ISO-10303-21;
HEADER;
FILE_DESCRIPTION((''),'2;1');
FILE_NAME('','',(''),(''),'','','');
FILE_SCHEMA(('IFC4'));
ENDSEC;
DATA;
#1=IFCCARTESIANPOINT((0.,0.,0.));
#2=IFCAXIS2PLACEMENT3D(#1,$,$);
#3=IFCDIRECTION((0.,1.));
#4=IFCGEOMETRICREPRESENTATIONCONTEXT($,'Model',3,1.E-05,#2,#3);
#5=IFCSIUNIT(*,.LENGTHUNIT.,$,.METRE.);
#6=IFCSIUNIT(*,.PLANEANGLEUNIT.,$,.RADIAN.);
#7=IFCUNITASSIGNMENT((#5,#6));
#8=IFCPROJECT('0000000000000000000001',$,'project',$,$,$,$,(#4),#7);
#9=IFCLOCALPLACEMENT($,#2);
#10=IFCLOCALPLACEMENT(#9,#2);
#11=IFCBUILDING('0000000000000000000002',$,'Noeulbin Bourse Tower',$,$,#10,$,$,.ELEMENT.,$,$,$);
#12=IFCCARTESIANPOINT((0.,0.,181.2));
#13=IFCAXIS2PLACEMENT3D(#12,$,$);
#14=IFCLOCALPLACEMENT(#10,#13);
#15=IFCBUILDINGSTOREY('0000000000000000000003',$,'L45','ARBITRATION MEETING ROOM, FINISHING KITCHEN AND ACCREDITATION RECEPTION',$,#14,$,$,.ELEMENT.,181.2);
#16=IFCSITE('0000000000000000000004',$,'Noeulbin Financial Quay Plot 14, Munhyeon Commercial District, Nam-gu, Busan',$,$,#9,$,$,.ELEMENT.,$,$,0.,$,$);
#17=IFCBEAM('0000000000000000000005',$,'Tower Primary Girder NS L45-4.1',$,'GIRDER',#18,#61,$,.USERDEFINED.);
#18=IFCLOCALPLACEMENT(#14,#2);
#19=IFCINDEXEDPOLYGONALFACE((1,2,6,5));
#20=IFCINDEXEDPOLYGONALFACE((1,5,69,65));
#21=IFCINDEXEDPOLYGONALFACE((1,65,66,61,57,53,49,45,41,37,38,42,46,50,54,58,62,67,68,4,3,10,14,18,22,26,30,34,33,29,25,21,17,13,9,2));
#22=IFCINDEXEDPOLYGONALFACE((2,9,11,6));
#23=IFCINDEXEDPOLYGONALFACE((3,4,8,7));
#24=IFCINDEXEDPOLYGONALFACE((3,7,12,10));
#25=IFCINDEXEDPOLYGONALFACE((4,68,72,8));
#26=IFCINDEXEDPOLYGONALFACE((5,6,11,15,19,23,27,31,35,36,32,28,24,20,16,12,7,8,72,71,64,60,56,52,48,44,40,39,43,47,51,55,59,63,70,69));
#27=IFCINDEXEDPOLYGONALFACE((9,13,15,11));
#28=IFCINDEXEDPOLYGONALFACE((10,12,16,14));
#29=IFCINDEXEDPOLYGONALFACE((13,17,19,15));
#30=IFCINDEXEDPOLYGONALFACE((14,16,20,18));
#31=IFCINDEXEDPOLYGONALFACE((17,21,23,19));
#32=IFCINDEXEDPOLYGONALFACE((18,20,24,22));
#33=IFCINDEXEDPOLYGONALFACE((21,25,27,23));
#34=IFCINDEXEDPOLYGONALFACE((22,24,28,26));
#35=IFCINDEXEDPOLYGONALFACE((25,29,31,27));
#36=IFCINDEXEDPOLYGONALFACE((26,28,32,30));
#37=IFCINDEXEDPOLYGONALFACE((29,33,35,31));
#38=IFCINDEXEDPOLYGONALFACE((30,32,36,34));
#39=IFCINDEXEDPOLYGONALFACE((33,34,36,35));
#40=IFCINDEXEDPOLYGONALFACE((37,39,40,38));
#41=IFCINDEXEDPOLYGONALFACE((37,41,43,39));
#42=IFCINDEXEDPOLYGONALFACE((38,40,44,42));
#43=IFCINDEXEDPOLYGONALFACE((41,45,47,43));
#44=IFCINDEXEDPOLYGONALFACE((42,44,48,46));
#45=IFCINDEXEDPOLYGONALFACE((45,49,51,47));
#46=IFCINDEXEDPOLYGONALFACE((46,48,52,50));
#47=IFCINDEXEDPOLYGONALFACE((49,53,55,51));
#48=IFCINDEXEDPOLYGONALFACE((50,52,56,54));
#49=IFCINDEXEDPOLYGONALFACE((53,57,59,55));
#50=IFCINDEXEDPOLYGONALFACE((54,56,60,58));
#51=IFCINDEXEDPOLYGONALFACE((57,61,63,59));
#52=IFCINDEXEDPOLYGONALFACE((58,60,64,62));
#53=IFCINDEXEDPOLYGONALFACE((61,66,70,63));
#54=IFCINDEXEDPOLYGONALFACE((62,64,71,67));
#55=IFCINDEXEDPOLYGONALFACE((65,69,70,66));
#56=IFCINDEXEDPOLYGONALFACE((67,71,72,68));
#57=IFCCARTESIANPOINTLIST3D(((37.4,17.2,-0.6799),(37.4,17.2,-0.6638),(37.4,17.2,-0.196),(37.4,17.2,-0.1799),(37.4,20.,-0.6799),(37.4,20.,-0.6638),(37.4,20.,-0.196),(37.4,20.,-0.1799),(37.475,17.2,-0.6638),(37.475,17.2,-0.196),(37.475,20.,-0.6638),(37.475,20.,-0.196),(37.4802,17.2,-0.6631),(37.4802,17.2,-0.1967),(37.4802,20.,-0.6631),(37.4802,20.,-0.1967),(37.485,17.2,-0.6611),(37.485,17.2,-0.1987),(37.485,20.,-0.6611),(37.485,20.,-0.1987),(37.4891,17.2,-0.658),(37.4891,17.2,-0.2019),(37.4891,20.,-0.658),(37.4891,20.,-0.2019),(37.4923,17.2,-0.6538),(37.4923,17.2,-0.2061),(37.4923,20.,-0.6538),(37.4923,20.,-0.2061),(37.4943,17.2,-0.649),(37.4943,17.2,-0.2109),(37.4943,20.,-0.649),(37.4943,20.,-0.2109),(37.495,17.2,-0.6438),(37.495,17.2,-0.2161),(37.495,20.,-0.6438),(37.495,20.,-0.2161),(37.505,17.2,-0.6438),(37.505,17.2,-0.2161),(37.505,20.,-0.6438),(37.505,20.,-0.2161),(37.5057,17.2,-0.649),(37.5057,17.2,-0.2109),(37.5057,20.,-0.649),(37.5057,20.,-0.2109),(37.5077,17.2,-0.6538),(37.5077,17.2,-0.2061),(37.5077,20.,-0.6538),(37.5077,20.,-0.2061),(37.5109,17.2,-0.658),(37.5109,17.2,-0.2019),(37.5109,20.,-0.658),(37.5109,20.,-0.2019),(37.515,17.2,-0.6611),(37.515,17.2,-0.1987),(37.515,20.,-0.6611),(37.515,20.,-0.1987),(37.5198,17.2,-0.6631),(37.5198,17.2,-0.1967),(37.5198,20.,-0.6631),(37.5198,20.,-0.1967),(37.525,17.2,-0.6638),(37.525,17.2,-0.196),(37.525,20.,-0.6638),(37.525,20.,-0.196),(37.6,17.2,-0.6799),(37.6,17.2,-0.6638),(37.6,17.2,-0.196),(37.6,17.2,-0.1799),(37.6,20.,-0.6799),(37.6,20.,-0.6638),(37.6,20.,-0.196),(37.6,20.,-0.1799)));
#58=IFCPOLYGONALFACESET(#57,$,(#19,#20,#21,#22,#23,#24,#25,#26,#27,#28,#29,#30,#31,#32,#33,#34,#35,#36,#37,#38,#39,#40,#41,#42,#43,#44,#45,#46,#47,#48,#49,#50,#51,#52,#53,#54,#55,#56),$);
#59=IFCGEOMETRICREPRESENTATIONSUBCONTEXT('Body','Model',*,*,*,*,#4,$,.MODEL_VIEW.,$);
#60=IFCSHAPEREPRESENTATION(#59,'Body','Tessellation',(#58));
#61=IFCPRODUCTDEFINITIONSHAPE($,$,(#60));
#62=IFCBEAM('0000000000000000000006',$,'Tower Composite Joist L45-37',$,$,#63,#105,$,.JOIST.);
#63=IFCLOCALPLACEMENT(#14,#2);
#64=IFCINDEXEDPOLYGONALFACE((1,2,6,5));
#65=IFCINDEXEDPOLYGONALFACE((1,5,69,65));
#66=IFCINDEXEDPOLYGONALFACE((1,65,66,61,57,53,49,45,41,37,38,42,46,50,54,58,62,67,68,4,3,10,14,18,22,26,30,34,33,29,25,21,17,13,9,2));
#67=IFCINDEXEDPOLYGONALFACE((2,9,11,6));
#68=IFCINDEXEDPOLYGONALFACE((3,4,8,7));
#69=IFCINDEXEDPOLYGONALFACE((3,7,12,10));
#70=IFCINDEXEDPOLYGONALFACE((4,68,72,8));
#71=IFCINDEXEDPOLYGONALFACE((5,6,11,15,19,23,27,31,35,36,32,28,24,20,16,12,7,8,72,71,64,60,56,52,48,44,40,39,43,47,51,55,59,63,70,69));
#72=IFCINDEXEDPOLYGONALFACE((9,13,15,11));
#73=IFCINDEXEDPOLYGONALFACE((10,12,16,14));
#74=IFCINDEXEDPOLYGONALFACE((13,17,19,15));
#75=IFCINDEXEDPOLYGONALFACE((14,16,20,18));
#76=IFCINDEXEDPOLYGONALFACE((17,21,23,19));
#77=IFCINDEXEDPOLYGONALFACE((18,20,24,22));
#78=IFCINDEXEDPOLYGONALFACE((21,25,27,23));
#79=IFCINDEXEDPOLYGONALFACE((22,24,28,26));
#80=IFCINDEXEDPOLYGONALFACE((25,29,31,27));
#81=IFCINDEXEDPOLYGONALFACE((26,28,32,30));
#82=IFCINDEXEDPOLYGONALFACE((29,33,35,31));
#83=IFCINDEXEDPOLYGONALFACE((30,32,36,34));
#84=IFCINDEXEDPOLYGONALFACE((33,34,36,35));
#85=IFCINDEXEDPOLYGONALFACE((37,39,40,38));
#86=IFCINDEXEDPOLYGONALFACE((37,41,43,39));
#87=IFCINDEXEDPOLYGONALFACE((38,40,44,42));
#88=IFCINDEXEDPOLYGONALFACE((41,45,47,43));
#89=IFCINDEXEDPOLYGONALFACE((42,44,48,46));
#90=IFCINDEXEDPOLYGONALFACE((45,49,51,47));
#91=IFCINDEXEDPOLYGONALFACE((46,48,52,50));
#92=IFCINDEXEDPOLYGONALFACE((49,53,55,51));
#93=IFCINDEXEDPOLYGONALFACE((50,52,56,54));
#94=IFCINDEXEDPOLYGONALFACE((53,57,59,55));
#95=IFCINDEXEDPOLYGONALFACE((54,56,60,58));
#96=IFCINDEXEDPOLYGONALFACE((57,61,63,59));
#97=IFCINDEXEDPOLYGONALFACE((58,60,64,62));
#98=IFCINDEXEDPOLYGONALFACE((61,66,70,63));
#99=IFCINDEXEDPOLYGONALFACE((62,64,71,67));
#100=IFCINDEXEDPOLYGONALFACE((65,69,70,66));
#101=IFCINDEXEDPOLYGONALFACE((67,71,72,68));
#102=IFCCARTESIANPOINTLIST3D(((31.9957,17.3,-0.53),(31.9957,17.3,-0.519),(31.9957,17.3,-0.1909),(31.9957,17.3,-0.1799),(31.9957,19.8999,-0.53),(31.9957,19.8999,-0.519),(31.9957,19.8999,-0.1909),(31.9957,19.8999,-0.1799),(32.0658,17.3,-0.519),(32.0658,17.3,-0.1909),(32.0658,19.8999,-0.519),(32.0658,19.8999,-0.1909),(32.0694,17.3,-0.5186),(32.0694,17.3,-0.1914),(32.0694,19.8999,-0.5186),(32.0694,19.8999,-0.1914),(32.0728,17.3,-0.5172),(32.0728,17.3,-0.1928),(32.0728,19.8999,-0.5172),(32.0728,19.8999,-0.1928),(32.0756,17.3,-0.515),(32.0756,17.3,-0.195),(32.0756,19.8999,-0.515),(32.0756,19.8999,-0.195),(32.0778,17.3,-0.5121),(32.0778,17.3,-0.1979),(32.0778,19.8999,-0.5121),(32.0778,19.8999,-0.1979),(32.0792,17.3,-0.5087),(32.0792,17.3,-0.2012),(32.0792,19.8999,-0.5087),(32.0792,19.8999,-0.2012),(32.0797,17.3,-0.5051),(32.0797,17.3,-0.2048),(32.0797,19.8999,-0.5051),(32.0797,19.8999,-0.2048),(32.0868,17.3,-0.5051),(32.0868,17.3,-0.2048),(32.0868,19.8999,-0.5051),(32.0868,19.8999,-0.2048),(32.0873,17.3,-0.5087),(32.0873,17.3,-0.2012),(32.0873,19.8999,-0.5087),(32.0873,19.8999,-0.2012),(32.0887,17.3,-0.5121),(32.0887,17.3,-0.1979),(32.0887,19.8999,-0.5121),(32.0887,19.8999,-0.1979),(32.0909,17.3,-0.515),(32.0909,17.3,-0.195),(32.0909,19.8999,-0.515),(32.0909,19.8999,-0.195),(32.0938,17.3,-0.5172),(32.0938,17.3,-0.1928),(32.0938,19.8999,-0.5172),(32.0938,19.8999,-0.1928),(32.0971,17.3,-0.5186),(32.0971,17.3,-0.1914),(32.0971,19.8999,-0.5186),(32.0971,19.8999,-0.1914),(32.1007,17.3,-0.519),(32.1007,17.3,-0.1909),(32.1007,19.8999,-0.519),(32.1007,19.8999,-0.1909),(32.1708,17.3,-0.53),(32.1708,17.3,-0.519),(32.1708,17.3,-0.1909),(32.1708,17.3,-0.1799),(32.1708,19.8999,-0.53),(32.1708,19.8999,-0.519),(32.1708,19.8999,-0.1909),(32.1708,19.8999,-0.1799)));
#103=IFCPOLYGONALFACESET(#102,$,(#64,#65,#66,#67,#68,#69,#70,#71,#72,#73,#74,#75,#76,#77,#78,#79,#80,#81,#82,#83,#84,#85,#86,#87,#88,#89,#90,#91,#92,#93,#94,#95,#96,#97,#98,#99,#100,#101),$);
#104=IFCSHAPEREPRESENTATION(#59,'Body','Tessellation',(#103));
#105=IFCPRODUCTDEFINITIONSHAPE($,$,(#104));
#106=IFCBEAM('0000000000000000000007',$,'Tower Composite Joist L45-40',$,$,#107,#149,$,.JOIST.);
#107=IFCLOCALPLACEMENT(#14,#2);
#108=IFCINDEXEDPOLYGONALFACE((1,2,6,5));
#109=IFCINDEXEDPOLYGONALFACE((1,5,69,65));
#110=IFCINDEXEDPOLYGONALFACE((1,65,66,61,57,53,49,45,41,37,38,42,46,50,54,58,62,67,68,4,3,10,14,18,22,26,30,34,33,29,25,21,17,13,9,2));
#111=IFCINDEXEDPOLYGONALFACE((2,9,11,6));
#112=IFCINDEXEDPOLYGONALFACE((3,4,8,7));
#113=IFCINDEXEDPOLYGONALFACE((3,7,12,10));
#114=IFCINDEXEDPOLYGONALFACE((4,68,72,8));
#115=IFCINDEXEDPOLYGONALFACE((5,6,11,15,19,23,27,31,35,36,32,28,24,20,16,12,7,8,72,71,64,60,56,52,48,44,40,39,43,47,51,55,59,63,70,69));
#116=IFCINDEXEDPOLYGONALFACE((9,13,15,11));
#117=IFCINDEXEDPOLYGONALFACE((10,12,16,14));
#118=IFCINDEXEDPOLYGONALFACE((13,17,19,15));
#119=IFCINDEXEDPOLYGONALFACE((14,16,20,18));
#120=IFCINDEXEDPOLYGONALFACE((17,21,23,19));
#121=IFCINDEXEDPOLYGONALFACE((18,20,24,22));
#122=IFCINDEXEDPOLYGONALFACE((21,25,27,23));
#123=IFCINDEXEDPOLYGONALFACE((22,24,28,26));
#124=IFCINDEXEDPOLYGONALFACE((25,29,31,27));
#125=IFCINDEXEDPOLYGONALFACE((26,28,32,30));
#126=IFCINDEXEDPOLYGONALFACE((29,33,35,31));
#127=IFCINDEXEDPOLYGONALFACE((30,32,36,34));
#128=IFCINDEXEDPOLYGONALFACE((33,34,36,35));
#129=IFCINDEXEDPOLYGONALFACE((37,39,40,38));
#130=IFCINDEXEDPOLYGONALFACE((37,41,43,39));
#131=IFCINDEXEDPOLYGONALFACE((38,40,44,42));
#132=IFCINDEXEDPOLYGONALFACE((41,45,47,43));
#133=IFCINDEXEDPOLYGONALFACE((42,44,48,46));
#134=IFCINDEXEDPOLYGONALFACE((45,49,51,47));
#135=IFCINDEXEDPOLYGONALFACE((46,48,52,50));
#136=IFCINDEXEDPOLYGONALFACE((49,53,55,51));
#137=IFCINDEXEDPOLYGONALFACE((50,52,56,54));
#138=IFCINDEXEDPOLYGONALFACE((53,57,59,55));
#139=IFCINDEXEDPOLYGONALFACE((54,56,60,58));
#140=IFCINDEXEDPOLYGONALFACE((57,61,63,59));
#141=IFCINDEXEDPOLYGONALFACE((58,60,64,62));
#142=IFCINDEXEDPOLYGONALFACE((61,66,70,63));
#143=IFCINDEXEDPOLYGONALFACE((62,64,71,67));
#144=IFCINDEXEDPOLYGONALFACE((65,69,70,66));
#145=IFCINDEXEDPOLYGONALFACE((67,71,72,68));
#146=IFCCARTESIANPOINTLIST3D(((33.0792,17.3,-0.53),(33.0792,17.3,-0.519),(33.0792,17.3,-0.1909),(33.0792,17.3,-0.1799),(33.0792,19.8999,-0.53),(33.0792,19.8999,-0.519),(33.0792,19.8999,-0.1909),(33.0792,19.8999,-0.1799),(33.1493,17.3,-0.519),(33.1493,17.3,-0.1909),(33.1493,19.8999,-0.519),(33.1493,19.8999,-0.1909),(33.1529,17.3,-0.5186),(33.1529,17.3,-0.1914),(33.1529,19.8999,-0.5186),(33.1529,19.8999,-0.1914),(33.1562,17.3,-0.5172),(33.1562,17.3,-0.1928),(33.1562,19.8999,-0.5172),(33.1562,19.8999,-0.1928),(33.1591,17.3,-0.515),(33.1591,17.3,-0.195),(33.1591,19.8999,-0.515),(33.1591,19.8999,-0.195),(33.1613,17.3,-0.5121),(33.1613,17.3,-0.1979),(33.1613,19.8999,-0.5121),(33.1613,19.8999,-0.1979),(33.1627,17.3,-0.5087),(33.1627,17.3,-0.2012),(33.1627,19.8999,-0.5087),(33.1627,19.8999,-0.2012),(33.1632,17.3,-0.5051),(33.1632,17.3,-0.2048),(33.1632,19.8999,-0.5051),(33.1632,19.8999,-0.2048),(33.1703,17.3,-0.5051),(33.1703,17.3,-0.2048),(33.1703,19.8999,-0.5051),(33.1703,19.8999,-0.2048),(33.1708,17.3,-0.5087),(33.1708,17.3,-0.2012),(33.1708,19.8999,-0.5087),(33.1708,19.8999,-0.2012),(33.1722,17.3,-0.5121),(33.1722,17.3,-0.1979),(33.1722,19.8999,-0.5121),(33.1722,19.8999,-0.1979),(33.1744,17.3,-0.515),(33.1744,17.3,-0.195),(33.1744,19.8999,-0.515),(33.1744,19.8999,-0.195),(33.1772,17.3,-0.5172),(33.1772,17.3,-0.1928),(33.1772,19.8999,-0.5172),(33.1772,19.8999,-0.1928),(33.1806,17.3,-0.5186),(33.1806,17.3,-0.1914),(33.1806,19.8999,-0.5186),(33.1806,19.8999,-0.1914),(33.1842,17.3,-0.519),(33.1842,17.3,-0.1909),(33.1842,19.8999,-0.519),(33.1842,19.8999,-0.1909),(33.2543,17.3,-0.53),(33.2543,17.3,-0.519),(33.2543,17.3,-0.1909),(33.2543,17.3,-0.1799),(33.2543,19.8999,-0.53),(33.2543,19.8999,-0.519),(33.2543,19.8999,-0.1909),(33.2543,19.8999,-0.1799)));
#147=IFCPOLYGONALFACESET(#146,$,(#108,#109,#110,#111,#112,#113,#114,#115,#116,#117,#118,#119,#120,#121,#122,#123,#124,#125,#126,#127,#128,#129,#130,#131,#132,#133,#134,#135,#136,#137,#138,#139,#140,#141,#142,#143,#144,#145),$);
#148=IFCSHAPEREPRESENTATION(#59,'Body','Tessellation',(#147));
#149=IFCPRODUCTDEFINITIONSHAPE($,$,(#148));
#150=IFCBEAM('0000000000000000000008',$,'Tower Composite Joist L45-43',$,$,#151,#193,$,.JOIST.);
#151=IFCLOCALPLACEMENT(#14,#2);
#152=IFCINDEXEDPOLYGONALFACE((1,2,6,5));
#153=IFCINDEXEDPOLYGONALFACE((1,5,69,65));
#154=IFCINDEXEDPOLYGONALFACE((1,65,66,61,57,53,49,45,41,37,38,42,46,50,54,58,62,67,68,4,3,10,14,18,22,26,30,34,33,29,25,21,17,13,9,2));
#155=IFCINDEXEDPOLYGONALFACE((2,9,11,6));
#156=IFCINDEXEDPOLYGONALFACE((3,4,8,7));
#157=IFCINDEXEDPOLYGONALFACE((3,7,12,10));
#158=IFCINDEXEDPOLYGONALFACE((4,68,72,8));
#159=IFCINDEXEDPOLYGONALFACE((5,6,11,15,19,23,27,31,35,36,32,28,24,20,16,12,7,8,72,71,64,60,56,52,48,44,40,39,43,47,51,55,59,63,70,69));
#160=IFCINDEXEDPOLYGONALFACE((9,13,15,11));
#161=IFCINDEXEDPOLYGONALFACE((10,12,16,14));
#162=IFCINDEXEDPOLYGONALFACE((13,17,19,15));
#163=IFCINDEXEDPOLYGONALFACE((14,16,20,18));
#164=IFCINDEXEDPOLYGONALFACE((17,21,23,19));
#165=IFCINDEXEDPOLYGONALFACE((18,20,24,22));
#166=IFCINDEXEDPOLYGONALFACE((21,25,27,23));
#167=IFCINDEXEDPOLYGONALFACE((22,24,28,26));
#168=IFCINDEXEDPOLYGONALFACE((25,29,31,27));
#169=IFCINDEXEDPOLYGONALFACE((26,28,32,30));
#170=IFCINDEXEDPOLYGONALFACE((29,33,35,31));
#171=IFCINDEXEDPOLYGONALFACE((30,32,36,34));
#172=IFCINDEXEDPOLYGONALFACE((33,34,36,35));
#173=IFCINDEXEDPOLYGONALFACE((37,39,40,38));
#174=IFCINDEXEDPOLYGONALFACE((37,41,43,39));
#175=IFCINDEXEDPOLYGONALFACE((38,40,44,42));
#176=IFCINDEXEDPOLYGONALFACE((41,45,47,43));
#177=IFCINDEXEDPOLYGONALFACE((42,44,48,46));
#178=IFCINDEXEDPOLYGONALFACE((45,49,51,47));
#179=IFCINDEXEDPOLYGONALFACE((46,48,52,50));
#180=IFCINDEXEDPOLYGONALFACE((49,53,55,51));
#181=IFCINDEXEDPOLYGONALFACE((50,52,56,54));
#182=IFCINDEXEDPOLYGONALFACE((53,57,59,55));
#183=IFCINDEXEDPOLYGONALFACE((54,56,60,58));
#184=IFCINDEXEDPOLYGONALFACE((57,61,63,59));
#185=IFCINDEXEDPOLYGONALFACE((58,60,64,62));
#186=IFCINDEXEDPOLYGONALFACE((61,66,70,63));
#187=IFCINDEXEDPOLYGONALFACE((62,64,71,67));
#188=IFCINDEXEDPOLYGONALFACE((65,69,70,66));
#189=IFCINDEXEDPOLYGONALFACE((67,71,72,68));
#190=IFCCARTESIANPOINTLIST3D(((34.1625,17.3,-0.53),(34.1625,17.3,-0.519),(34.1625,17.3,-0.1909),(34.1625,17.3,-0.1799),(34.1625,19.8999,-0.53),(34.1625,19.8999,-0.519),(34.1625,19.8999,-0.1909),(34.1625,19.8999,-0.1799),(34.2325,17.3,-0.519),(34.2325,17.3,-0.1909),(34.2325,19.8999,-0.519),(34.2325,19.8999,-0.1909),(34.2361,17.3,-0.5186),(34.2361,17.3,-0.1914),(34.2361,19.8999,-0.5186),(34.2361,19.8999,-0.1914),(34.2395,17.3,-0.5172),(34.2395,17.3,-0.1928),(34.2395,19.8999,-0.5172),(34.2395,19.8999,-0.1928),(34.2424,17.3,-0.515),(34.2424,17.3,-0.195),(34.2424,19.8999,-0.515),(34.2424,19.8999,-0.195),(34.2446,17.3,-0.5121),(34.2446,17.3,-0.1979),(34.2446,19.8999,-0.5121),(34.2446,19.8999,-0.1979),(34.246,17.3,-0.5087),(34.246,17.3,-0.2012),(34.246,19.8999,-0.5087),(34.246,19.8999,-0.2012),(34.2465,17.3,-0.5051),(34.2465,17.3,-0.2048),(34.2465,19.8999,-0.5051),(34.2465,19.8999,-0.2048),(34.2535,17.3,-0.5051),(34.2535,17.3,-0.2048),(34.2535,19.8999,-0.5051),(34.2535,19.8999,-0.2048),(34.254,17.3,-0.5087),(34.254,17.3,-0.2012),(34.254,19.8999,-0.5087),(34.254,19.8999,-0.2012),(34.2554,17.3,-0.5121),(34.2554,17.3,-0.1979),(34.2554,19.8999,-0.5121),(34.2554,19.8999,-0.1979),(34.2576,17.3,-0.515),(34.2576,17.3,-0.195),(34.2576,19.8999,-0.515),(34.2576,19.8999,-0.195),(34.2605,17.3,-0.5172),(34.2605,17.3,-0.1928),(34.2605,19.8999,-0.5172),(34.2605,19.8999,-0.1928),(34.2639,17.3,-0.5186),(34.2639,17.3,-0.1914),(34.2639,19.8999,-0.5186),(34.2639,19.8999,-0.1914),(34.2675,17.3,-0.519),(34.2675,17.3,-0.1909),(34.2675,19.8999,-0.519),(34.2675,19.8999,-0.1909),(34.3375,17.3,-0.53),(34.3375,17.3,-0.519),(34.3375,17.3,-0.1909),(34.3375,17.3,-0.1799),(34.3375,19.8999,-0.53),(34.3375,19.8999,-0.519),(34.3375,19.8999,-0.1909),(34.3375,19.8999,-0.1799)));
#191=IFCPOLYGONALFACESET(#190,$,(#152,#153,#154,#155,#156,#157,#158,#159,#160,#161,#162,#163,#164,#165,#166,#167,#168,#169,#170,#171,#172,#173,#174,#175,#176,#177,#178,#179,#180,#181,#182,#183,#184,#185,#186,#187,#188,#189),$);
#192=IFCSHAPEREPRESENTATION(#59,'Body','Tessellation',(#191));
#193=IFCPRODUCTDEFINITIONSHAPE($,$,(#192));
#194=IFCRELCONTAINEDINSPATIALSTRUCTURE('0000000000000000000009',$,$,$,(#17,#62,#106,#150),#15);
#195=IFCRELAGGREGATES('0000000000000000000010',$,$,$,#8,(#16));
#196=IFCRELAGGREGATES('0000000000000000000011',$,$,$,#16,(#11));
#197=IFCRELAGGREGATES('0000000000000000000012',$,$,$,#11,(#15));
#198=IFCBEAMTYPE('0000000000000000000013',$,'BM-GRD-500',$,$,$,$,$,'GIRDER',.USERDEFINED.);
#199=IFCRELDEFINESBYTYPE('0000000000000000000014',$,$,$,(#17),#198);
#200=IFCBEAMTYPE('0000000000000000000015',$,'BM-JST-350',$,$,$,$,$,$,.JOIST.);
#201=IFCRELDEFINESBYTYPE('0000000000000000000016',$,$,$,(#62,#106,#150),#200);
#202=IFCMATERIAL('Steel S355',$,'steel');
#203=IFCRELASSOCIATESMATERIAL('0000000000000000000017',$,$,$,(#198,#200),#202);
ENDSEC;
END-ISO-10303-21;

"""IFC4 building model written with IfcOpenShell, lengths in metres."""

from ifc_helpers import new_model, si_unit, direction, frame, origin, origin_2d, place, context, subcontext, project, spatial, i_section, extrude, material, material_profile, profile_set, type_object, element, save


model = new_model("IFC4")

# Units and contexts
model_context = context("Model", 3, precision=1e-05, world=origin(), true_north=direction((0.0, 1.0)))
body_context = subcontext(model_context, "Body", "Model", "MODEL_VIEW")
ifc_project = project(units=[si_unit("LENGTHUNIT", "METRE"), si_unit("PLANEANGLEUNIT", "RADIAN")], contexts=[model_context])

# Site, building, storey
site_placement = place(None, origin())
site = spatial("IfcSite", under=ifc_project, at=site_placement, Name="Noeulbin Financial Quay Plot 14, Munhyeon Commercial District, Nam-gu, Busan", CompositionType="ELEMENT", RefElevation=0.0)
building_placement = place(site_placement, origin())
building = spatial("IfcBuilding", under=site, at=building_placement, Name="Noeulbin Bourse Tower", CompositionType="ELEMENT")
storey_placement = place(building_placement, frame((0.0, 0.0, 181.2)))
storey = spatial("IfcBuildingStorey", under=building, at=storey_placement, Name="L45", Description="ARBITRATION MEETING ROOM, FINISHING KITCHEN AND ACCREDITATION RECEPTION", CompositionType="ELEMENT", Elevation=181.2)

# Shared definitions
ifc_material_1 = material(Name="Steel S355", Category="steel")

# Beams
ifc_material_profile_1 = material_profile(ifc_material_1, i_section(OverallWidth=0.2, OverallDepth=0.5, WebThickness=0.01, FlangeThickness=0.0161, FilletRadius=0.02, at=origin_2d()), Name="H-500x200x10x16", Category="LoadBearing")
ifc_profile_set_1 = profile_set([ifc_material_profile_1], Name="Steel S355")
beam_type_1 = type_object("IfcBeamType", Name="BM-GRD-500", ElementType="GIRDER", PredefinedType="USERDEFINED", material=ifc_profile_set_1)
for number, where, z_axis, x_axis, name in (
    (1, (37.5, 17.2, -0.4299), (0.0, 1.0, 0.0), (-1.0, 0.0, 0.0), "Tower Primary Girder NS L45-4.1"),
):
    element("IfcBeam", number, at=place(storey_placement, frame(where, z_axis=z_axis, x_axis=x_axis)), inside=storey, type_object=beam_type_1, Name=name, ObjectType="GIRDER", PredefinedType="USERDEFINED", context=body_context, shape_type="SweptSolid", body=[
        extrude(i_section(OverallWidth=0.2, OverallDepth=0.5, WebThickness=0.01, FlangeThickness=0.0161, FilletRadius=0.02, at=origin_2d()), origin(), (0.0, 0.0, 1.0), 2.8),
    ])
ifc_material_profile_2 = material_profile(ifc_material_1, i_section(OverallWidth=0.175, OverallDepth=0.3501, WebThickness=0.0071, FlangeThickness=0.011, FilletRadius=0.0139, at=origin_2d()), Name="H-350x175x7x11", Category="LoadBearing")
ifc_profile_set_2 = profile_set([ifc_material_profile_2], Name="Steel S355")
beam_type_2 = type_object("IfcBeamType", Name="BM-JST-350", PredefinedType="JOIST", material=ifc_profile_set_2)
for number, where, z_axis, x_axis, name in (
    (2, (32.0833, 17.3, -0.355), (0.0, 1.0, 0.0), (-1.0, 0.0, 0.0), "Tower Composite Joist L45-37"),
    (3, (33.1667, 17.3, -0.355), (0.0, 1.0, 0.0), (-1.0, 0.0, 0.0), "Tower Composite Joist L45-40"),
    (4, (34.25, 17.3, -0.355), (0.0, 1.0, 0.0), (-1.0, 0.0, 0.0), "Tower Composite Joist L45-43"),
):
    element("IfcBeam", number, at=place(storey_placement, frame(where, z_axis=z_axis, x_axis=x_axis)), inside=storey, type_object=beam_type_2, Name=name, PredefinedType="JOIST", context=body_context, shape_type="SweptSolid", body=[
        extrude(i_section(OverallWidth=0.175, OverallDepth=0.3501, WebThickness=0.0071, FlangeThickness=0.011, FilletRadius=0.0139, at=origin_2d()), origin(), (0.0, 0.0, 1.0), 2.5999),
    ])

save(model, "model.ifc")
